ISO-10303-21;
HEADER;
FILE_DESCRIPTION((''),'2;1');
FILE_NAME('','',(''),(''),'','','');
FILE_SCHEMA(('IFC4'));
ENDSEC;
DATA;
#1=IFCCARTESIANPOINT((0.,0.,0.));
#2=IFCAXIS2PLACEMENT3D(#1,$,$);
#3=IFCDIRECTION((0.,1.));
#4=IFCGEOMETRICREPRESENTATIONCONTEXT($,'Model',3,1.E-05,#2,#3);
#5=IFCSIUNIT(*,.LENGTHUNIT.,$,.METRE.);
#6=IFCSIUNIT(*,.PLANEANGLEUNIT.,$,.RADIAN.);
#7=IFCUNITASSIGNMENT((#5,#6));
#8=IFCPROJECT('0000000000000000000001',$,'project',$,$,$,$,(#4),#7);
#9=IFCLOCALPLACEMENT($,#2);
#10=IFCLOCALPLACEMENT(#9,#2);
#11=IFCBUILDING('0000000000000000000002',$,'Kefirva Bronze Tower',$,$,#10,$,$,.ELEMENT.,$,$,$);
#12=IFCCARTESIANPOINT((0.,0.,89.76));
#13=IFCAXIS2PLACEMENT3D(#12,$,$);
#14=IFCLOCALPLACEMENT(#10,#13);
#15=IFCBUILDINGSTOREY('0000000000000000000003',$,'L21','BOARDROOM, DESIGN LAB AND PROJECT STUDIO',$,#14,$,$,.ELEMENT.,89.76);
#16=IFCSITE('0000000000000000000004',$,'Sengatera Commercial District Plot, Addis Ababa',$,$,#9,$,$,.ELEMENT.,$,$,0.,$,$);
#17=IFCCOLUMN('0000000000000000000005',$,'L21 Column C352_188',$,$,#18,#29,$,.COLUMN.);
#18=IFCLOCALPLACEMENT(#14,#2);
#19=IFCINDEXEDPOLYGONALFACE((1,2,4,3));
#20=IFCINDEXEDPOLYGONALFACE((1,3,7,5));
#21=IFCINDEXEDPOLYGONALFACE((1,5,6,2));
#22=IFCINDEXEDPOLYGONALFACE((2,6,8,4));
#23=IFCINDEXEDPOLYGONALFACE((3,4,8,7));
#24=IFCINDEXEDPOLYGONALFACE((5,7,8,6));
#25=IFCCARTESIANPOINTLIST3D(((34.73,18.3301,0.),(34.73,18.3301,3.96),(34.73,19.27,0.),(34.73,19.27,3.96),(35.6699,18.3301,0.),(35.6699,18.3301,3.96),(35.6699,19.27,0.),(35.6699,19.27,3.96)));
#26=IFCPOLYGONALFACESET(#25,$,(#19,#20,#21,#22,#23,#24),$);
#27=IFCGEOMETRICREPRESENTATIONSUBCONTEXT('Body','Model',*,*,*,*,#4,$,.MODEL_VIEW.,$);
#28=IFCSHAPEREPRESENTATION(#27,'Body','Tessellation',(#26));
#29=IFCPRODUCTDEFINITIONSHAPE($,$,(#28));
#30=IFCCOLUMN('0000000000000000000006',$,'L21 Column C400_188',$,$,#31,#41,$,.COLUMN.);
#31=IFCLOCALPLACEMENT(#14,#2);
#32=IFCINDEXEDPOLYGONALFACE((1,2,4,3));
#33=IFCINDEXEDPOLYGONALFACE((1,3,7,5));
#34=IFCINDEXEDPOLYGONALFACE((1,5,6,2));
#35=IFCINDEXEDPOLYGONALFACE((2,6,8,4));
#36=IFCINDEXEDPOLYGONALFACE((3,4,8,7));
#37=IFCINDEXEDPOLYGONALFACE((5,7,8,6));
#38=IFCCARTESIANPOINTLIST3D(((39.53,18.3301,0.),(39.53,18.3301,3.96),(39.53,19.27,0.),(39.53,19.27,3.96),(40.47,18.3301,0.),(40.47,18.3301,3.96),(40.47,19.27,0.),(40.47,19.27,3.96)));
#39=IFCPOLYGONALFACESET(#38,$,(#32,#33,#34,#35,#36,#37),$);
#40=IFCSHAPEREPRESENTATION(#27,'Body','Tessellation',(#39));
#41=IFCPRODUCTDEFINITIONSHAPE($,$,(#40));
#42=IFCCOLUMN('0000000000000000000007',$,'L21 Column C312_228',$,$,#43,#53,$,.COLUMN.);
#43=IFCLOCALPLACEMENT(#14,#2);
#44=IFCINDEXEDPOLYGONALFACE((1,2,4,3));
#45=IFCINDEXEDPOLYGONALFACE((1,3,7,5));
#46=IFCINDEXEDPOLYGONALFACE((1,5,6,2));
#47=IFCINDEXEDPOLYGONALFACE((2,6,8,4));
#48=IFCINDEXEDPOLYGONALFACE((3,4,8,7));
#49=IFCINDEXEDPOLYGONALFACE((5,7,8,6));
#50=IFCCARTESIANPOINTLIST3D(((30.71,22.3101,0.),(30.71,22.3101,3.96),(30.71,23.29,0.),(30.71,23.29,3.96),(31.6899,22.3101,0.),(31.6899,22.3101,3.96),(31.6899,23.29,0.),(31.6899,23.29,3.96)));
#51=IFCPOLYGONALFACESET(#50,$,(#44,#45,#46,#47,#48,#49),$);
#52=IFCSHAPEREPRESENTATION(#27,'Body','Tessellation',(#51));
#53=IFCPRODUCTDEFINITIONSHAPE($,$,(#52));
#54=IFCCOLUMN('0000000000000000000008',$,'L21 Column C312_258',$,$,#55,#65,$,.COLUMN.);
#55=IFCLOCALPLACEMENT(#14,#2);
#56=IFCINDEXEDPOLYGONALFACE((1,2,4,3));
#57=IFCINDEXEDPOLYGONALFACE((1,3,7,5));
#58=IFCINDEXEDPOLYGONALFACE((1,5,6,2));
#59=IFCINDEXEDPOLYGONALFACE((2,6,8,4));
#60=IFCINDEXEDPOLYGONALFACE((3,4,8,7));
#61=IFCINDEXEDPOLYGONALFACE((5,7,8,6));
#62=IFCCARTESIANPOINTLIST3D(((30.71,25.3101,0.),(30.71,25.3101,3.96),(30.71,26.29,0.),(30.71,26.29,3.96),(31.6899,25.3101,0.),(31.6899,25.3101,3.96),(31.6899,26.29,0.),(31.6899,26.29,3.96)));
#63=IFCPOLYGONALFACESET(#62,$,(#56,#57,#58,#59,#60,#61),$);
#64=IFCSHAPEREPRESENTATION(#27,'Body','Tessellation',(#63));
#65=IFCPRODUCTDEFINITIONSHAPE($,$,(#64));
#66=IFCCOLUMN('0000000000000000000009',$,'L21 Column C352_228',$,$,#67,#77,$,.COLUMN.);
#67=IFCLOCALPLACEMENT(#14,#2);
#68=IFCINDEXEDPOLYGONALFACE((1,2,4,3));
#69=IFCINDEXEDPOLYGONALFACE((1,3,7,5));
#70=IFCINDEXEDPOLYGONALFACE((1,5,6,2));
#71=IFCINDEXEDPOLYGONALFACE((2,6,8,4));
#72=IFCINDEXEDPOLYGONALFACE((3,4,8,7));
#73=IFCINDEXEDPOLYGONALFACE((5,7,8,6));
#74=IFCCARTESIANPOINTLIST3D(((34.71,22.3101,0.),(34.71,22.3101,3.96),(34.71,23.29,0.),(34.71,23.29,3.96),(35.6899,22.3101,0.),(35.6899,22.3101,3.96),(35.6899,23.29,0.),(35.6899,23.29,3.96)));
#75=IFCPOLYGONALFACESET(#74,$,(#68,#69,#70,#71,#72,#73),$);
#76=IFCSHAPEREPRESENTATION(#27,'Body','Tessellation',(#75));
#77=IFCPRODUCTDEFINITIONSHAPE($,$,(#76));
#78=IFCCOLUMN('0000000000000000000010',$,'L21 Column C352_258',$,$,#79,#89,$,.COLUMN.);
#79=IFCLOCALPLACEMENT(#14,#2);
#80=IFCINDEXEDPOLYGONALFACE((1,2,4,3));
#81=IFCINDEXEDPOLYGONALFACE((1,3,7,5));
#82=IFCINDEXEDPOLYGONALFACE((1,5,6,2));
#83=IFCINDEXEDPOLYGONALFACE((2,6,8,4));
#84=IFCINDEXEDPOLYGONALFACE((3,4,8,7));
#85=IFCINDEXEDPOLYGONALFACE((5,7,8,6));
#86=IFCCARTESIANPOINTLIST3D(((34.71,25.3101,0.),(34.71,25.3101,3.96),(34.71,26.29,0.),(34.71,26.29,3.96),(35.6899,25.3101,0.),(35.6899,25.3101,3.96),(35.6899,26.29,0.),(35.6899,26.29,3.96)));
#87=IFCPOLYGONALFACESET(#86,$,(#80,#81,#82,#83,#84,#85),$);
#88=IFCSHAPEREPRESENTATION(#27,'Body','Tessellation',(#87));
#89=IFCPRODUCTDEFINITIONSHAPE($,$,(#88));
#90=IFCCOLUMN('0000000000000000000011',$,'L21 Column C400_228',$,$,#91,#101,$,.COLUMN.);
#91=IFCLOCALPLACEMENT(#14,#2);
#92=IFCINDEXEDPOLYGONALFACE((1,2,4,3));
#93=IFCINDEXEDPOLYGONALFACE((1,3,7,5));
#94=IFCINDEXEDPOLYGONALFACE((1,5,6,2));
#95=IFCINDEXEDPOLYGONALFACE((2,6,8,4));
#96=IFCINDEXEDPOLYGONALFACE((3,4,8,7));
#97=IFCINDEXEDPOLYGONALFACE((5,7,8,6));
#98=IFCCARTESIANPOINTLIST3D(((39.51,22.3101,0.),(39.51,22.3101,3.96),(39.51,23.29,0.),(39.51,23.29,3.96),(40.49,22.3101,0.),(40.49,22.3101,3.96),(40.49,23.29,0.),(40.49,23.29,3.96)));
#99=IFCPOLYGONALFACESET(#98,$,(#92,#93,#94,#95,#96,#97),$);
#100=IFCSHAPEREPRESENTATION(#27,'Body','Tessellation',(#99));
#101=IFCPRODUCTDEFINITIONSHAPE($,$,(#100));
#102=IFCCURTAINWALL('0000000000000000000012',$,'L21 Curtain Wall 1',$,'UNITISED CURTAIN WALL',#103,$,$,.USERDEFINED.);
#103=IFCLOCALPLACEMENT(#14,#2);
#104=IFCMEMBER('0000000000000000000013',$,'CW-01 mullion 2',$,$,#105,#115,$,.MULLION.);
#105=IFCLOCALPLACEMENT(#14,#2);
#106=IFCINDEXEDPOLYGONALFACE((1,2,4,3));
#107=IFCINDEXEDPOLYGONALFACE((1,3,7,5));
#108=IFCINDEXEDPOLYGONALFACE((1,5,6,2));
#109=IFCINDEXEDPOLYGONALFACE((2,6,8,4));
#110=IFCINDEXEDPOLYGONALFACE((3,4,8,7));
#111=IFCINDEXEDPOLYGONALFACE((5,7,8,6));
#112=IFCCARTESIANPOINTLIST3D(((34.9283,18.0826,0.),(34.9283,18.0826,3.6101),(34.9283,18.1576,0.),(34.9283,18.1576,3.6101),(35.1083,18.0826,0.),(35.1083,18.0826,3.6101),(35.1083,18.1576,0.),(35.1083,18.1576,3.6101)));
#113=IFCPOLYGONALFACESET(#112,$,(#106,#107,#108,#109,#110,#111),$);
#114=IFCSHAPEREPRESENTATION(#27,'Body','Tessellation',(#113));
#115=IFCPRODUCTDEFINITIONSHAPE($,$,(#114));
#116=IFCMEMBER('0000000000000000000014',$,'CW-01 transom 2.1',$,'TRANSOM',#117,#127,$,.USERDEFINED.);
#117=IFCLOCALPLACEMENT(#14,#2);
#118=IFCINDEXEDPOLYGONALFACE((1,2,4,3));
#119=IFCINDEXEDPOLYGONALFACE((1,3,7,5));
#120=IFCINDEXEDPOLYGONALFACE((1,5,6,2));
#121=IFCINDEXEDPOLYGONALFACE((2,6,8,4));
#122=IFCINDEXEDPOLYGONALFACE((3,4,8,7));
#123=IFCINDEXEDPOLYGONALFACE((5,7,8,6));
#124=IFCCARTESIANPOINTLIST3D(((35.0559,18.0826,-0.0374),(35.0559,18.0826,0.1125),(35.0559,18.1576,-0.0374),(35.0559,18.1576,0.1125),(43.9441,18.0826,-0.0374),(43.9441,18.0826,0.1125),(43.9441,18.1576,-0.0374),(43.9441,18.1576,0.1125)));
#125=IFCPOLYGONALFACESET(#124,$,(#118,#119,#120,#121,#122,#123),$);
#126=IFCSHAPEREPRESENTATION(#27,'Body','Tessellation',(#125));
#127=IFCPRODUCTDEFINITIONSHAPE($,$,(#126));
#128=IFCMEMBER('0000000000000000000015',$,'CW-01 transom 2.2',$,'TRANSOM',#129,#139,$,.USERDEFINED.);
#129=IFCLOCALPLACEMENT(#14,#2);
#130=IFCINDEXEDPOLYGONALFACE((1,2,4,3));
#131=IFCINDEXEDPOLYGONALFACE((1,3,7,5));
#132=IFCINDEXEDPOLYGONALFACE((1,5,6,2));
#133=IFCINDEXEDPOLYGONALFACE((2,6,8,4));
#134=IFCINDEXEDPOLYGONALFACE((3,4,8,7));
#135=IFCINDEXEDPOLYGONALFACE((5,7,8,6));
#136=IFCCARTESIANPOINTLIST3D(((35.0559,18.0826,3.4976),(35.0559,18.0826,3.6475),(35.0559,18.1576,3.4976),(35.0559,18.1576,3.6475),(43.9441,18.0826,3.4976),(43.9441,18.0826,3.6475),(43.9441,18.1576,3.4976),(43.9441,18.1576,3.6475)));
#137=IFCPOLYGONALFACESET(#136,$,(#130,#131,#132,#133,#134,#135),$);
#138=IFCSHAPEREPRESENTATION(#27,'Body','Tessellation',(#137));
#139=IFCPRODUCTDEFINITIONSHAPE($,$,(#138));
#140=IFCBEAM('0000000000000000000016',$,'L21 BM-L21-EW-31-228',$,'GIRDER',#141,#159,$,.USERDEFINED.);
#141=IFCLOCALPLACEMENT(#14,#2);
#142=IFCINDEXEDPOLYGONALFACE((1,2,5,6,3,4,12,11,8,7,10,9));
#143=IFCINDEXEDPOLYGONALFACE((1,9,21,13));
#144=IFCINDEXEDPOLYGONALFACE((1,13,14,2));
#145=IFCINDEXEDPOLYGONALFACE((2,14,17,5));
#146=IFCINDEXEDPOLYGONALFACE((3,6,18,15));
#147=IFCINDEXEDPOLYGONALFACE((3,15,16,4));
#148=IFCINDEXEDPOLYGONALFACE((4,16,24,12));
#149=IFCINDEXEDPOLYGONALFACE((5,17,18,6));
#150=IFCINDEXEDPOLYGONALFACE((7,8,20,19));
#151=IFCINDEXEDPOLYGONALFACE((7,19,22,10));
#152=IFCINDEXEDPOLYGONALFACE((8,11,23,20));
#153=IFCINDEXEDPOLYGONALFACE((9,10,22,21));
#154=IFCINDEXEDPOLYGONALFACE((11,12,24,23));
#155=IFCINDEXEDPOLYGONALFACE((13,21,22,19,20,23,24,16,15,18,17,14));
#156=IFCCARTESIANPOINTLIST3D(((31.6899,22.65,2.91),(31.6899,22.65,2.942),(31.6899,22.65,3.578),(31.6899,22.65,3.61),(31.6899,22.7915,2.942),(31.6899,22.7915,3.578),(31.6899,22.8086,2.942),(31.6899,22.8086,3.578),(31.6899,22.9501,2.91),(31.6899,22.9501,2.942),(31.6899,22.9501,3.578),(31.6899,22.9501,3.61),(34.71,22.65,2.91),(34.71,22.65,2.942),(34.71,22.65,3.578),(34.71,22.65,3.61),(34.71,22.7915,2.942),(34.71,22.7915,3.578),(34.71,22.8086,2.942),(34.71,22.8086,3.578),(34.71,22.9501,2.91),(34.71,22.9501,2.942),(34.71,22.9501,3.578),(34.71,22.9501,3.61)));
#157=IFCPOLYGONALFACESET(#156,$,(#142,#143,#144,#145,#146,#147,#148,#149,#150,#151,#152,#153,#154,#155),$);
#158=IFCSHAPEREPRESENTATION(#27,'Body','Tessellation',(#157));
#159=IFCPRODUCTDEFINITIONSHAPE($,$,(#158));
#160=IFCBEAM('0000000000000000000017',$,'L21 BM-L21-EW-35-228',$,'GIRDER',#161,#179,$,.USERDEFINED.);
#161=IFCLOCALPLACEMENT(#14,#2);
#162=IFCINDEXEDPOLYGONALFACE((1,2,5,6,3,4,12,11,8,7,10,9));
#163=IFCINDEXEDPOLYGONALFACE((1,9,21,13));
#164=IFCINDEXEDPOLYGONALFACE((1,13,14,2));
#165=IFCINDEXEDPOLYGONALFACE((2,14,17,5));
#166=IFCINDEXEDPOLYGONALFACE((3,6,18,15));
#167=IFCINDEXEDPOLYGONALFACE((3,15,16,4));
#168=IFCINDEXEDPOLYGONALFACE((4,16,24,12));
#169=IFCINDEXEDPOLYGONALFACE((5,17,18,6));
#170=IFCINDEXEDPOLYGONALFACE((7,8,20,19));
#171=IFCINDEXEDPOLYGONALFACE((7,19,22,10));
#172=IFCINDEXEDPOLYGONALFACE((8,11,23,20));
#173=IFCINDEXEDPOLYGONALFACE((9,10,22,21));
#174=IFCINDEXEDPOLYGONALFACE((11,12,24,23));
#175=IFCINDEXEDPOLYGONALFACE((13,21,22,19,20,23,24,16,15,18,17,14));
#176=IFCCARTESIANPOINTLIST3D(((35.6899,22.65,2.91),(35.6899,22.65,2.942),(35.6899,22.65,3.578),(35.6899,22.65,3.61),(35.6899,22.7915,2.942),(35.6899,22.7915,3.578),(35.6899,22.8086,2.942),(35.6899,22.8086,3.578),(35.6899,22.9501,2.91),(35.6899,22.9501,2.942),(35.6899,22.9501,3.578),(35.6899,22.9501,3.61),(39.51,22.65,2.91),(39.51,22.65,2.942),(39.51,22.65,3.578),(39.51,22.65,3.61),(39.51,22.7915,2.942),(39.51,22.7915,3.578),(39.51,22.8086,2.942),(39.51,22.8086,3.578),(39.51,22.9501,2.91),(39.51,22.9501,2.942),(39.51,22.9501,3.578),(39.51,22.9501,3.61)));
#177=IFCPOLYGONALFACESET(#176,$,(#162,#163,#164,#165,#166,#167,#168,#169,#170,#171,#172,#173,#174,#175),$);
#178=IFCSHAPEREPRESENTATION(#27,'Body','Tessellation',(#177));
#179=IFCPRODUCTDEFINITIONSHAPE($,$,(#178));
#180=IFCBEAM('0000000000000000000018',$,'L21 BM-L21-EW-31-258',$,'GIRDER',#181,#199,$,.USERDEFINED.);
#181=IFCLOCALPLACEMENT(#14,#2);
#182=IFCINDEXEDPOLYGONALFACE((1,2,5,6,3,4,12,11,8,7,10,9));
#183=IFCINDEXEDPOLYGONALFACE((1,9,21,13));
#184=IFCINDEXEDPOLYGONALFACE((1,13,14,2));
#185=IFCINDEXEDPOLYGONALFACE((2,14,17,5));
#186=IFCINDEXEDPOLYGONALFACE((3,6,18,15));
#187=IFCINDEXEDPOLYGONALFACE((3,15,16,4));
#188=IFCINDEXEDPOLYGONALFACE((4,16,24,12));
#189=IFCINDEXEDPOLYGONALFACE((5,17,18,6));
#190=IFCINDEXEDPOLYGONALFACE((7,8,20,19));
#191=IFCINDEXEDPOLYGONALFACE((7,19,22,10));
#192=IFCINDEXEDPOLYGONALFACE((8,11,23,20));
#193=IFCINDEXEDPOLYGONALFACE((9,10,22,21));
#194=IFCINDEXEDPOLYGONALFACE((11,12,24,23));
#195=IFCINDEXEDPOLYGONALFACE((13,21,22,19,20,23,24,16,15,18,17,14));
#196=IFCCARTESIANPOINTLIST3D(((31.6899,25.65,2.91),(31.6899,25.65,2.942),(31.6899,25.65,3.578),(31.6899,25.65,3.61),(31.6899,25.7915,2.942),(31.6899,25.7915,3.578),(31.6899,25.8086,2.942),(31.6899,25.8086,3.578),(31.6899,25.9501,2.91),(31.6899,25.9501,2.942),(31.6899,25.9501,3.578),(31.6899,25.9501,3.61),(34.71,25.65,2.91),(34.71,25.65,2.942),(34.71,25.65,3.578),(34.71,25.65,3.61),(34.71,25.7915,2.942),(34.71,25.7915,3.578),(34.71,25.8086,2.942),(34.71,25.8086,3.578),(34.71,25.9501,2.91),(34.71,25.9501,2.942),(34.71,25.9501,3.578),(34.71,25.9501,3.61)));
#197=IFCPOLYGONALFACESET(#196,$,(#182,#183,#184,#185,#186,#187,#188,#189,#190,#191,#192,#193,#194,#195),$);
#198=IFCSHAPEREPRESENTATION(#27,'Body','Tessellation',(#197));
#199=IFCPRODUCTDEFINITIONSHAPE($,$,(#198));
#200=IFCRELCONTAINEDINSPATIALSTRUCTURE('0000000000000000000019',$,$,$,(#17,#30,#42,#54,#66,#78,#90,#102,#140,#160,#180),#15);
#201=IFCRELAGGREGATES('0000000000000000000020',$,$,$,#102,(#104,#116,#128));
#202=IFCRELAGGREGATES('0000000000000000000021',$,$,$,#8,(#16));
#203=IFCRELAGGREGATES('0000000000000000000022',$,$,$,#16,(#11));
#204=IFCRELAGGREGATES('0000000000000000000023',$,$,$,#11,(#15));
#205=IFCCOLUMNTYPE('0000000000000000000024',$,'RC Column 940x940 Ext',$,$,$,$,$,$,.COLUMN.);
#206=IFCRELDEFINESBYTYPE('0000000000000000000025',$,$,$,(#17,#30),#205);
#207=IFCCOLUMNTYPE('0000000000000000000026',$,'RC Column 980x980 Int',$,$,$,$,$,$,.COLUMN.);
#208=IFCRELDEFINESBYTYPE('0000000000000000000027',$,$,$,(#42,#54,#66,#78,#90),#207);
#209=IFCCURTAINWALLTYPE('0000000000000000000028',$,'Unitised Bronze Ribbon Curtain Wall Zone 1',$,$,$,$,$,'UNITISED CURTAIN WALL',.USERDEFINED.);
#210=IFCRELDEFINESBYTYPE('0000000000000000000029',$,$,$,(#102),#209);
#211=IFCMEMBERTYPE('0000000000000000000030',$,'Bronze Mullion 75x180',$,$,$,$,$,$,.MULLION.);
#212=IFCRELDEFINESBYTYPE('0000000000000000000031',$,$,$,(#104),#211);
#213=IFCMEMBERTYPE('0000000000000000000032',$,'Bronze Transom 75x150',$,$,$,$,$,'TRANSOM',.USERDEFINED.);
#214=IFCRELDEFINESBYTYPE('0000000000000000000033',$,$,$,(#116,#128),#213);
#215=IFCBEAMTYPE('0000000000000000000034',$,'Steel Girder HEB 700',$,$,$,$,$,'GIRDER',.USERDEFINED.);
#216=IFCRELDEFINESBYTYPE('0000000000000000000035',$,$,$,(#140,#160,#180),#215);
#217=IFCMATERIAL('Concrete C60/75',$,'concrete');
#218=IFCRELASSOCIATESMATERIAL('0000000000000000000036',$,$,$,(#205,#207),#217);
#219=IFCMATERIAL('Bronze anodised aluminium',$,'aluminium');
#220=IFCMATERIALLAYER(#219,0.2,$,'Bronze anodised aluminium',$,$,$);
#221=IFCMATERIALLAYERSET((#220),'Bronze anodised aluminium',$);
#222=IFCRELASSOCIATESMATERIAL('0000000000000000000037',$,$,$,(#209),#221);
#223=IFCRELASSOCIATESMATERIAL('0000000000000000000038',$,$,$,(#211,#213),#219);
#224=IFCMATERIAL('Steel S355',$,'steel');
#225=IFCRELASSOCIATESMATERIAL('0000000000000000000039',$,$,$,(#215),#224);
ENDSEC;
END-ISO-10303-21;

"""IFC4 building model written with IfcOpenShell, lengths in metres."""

from ifc_helpers import new_model, si_unit, direction, frame, origin, origin_2d, place, context, subcontext, project, spatial, rectangle, i_section, extrude, material, layer, layer_set, material_profile, profile_set, type_object, element, aggregate, save


model = new_model("IFC4")

# Units and contexts
model_context = context("Model", 3, precision=1e-05, world=origin(), true_north=direction((0.0, 1.0)))
body_context = subcontext(model_context, "Body", "Model", "MODEL_VIEW")
ifc_project = project(units=[si_unit("LENGTHUNIT", "METRE"), si_unit("PLANEANGLEUNIT", "RADIAN")], contexts=[model_context])

# Site, building, storey
site_placement = place(None, origin())
site = spatial("IfcSite", under=ifc_project, at=site_placement, Name="Sengatera Commercial District Plot, Addis Ababa", CompositionType="ELEMENT", RefElevation=0.0)
building_placement = place(site_placement, origin())
building = spatial("IfcBuilding", under=site, at=building_placement, Name="Kefirva Bronze Tower", CompositionType="ELEMENT")
storey_placement = place(building_placement, frame((0.0, 0.0, 89.76)))
storey = spatial("IfcBuildingStorey", under=building, at=storey_placement, Name="L21", Description="BOARDROOM, DESIGN LAB AND PROJECT STUDIO", CompositionType="ELEMENT", Elevation=89.76)

# Columns
ifc_material_1 = material(Name="Concrete C60/75", Category="concrete")
ifc_material_profile_1 = material_profile(ifc_material_1, rectangle(XDim=0.9399, YDim=0.9399, at=origin_2d()), Name="RC 940x940")
ifc_profile_set_1 = profile_set([ifc_material_profile_1], Name="Concrete C60/75")
column_type_1 = type_object("IfcColumnType", Name="RC Column 940x940 Ext", PredefinedType="COLUMN", material=ifc_profile_set_1)
for number, where, z_axis, x_axis, name in (
    (1, (35.2, 18.8, 0.0), (0.0, 0.0, 1.0), (1.0, 0.0, 0.0), "L21 Column C352_188"),
    (2, (40.0, 18.8, 0.0), (0.0, 0.0, 1.0), (1.0, 0.0, 0.0), "L21 Column C400_188"),
):
    element("IfcColumn", number, at=place(storey_placement, frame(where, z_axis=z_axis, x_axis=x_axis)), inside=storey, type_object=column_type_1, Name=name, PredefinedType="COLUMN", context=body_context, shape_type="SweptSolid", body=[
        extrude(rectangle(XDim=0.9399, YDim=0.9399, at=origin_2d()), origin(), (0.0, 0.0, 1.0), 3.96),
    ])
ifc_material_profile_2 = material_profile(ifc_material_1, rectangle(XDim=0.98, YDim=0.98, at=origin_2d()), Name="RC 980x980")
ifc_profile_set_2 = profile_set([ifc_material_profile_2], Name="Concrete C60/75")
column_type_2 = type_object("IfcColumnType", Name="RC Column 980x980 Int", PredefinedType="COLUMN", material=ifc_profile_set_2)
for number, where, z_axis, x_axis, name in (
    (3, (31.2, 22.8, 0.0), (0.0, 0.0, 1.0), (1.0, 0.0, 0.0), "L21 Column C312_228"),
    (4, (31.2, 25.8, 0.0), (0.0, 0.0, 1.0), (1.0, 0.0, 0.0), "L21 Column C312_258"),
    (5, (35.2, 22.8, 0.0), (0.0, 0.0, 1.0), (1.0, 0.0, 0.0), "L21 Column C352_228"),
    (6, (35.2, 25.8, 0.0), (0.0, 0.0, 1.0), (1.0, 0.0, 0.0), "L21 Column C352_258"),
    (7, (40.0, 22.8, 0.0), (0.0, 0.0, 1.0), (1.0, 0.0, 0.0), "L21 Column C400_228"),
):
    element("IfcColumn", number, at=place(storey_placement, frame(where, z_axis=z_axis, x_axis=x_axis)), inside=storey, type_object=column_type_2, Name=name, PredefinedType="COLUMN", context=body_context, shape_type="SweptSolid", body=[
        extrude(rectangle(XDim=0.98, YDim=0.98, at=origin_2d()), origin(), (0.0, 0.0, 1.0), 3.96),
    ])

# Curtain wall, members
ifc_material_2 = material(Name="Bronze anodised aluminium", Category="aluminium")
ifc_layer_1 = layer(ifc_material_2, 0.2, Name="Bronze anodised aluminium")
ifc_layer_set_1 = layer_set([ifc_layer_1], Name="Bronze anodised aluminium")
curtain_wall_type = type_object("IfcCurtainWallType", Name="Unitised Bronze Ribbon Curtain Wall Zone 1", ElementType="UNITISED CURTAIN WALL", PredefinedType="USERDEFINED", material=ifc_layer_set_1)
curtain_wall_placement = place(storey_placement, origin())
curtain_wall = element("IfcCurtainWall", 8, at=curtain_wall_placement, inside=storey, type_object=curtain_wall_type, Name="L21 Curtain Wall 1", ObjectType="UNITISED CURTAIN WALL", PredefinedType="USERDEFINED")
ifc_material_profile_3 = material_profile(ifc_material_2, rectangle(XDim=0.075, YDim=0.1799, at=origin_2d()), Name="ALU 75x180")
ifc_profile_set_3 = profile_set([ifc_material_profile_3], Name="Bronze anodised aluminium")
member_type_1 = type_object("IfcMemberType", Name="Bronze Mullion 75x180", PredefinedType="MULLION", material=ifc_profile_set_3)
member_1_placement = place(storey_placement, frame((35.0183, 18.1201, 0.0), z_axis=(0.0, 0.0, 1.0), x_axis=(0.0, 1.0, 0.0)))
member_1 = element("IfcMember", 9, at=member_1_placement, type_object=member_type_1, Name="CW-01 mullion 2", PredefinedType="MULLION", context=body_context, shape_type="SweptSolid", body=[
    extrude(rectangle(XDim=0.075, YDim=0.1799, at=origin_2d()), origin(), (0.0, 0.0, 1.0), 3.6101),
])
ifc_material_profile_4 = material_profile(ifc_material_2, rectangle(XDim=0.075, YDim=0.1499, at=origin_2d()), Name="ALU 75x150")
ifc_profile_set_4 = profile_set([ifc_material_profile_4], Name="Bronze anodised aluminium")
member_type_2 = type_object("IfcMemberType", Name="Bronze Transom 75x150", ElementType="TRANSOM", PredefinedType="USERDEFINED", material=ifc_profile_set_4)
member_2_placement = place(storey_placement, frame((35.0559, 18.1201, 0.0376), z_axis=(1.0, 0.0, 0.0), x_axis=(0.0, 1.0, 0.0)))
member_2 = element("IfcMember", 10, at=member_2_placement, type_object=member_type_2, Name="CW-01 transom 2.1", ObjectType="TRANSOM", PredefinedType="USERDEFINED", context=body_context, shape_type="SweptSolid", body=[
    extrude(rectangle(XDim=0.075, YDim=0.1499, at=origin_2d()), origin(), (0.0, 0.0, 1.0), 8.8882),
])
member_3_placement = place(storey_placement, frame((35.0559, 18.1201, 3.5725), z_axis=(1.0, 0.0, 0.0), x_axis=(0.0, 1.0, 0.0)))
member_3 = element("IfcMember", 11, at=member_3_placement, type_object=member_type_2, Name="CW-01 transom 2.2", ObjectType="TRANSOM", PredefinedType="USERDEFINED", context=body_context, shape_type="SweptSolid", body=[
    extrude(rectangle(XDim=0.075, YDim=0.1499, at=origin_2d()), origin(), (0.0, 0.0, 1.0), 8.8882),
])

# Beams
ifc_material_3 = material(Name="Steel S355", Category="steel")
ifc_material_profile_5 = material_profile(ifc_material_3, i_section(OverallWidth=0.3, OverallDepth=0.7, WebThickness=0.0171, FlangeThickness=0.032, at=origin_2d()), Name="HEB 700")
ifc_profile_set_5 = profile_set([ifc_material_profile_5], Name="Steel S355")
beam_type_1 = type_object("IfcBeamType", Name="Steel Girder HEB 700", ElementType="GIRDER", PredefinedType="USERDEFINED", material=ifc_profile_set_5)
beam_1_placement = place(storey_placement, frame((31.6899, 22.8, 3.26), z_axis=(1.0, 0.0, 0.0), x_axis=(0.0, 1.0, 0.0)))
element("IfcBeam", 12, at=beam_1_placement, inside=storey, type_object=beam_type_1, Name="L21 BM-L21-EW-31-228", ObjectType="GIRDER", PredefinedType="USERDEFINED", context=body_context, shape_type="SweptSolid", body=[
    extrude(i_section(OverallWidth=0.3, OverallDepth=0.7, WebThickness=0.0171, FlangeThickness=0.032, at=origin_2d()), origin(), (0.0, 0.0, 1.0), 3.02),
])
beam_2_placement = place(storey_placement, frame((35.6899, 22.8, 3.26), z_axis=(1.0, 0.0, 0.0), x_axis=(0.0, 1.0, 0.0)))
element("IfcBeam", 13, at=beam_2_placement, inside=storey, type_object=beam_type_1, Name="L21 BM-L21-EW-35-228", ObjectType="GIRDER", PredefinedType="USERDEFINED", context=body_context, shape_type="SweptSolid", body=[
    extrude(i_section(OverallWidth=0.3, OverallDepth=0.7, WebThickness=0.0171, FlangeThickness=0.032, at=origin_2d()), origin(), (0.0, 0.0, 1.0), 3.8201),
])
beam_3_placement = place(storey_placement, frame((31.6899, 25.8, 3.26), z_axis=(1.0, 0.0, 0.0), x_axis=(0.0, 1.0, 0.0)))
element("IfcBeam", 14, at=beam_3_placement, inside=storey, type_object=beam_type_1, Name="L21 BM-L21-EW-31-258", ObjectType="GIRDER", PredefinedType="USERDEFINED", context=body_context, shape_type="SweptSolid", body=[
    extrude(i_section(OverallWidth=0.3, OverallDepth=0.7, WebThickness=0.0171, FlangeThickness=0.032, at=origin_2d()), origin(), (0.0, 0.0, 1.0), 3.02),
])

aggregate(curtain_wall, [member_1, member_2, member_3])

save(model, "model.ifc")
